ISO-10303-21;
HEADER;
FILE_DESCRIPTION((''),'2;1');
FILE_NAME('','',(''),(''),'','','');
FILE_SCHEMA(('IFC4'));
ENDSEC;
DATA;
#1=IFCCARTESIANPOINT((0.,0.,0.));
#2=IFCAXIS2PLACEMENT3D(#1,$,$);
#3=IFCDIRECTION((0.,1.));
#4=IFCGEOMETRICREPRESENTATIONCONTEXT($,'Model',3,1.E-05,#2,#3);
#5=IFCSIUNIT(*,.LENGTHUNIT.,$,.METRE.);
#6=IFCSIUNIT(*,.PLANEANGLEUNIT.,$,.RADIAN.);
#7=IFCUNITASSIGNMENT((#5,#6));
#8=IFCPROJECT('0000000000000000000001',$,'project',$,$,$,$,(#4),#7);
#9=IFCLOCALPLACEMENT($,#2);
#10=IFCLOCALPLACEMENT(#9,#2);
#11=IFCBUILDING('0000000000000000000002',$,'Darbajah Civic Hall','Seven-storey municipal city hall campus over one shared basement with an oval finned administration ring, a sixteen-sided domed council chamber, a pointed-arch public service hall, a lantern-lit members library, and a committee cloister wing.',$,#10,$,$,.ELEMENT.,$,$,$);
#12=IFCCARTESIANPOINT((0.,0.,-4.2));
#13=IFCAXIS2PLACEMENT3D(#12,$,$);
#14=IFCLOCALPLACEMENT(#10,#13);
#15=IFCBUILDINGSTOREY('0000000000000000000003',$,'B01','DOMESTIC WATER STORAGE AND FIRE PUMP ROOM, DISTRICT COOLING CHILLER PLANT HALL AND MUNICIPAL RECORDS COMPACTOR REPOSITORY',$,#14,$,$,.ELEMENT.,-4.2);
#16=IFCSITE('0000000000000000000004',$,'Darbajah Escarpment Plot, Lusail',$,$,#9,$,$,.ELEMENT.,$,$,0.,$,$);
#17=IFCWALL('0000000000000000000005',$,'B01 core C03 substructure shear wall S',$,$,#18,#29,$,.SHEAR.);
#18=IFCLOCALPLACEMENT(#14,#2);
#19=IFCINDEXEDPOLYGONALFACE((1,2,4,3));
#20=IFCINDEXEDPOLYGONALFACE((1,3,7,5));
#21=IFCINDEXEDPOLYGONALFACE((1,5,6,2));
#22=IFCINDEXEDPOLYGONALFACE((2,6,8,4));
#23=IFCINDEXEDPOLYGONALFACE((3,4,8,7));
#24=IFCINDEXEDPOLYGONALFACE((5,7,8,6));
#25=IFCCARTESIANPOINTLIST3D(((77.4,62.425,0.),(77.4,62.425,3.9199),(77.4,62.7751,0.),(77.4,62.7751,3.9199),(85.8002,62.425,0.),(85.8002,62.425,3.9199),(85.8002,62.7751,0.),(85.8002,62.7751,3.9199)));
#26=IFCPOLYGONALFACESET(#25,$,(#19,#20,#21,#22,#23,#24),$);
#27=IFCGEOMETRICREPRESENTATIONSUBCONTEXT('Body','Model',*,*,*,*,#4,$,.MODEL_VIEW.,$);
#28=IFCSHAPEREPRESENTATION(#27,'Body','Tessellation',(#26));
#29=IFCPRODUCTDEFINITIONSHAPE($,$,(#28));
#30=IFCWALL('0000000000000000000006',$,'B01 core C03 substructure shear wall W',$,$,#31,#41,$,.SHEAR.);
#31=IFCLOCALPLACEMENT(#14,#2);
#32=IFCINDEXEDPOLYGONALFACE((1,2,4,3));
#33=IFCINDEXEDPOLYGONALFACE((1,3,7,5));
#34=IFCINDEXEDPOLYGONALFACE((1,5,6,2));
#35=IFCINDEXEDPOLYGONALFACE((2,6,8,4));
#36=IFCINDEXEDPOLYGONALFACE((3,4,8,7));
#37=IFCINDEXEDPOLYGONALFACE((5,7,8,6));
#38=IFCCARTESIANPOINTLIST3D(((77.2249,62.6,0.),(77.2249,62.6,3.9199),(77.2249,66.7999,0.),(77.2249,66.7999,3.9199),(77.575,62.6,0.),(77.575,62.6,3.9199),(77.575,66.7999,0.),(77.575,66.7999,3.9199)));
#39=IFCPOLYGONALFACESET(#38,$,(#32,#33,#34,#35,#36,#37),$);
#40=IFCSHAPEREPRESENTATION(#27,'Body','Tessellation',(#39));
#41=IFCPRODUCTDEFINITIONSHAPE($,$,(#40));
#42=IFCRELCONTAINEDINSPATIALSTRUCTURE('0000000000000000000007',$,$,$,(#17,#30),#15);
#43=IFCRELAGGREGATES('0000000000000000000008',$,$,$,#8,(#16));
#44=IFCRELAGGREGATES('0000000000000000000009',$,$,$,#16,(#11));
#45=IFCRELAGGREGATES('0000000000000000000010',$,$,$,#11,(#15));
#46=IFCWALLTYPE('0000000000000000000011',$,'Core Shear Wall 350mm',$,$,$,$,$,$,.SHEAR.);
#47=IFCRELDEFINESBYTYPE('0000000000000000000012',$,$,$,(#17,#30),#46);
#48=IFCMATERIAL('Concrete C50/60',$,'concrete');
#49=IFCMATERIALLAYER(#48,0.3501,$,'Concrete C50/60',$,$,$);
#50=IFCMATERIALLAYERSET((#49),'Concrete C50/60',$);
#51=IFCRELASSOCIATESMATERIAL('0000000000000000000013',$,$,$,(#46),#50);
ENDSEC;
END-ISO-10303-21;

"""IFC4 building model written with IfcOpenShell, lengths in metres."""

from ifc_helpers import new_model, si_unit, direction, frame, frame_2d, origin, place, context, subcontext, project, spatial, rectangle, extrude, material, layer, layer_set, type_object, element, save


model = new_model("IFC4")

# Units and contexts
model_context = context("Model", 3, precision=1e-05, world=origin(), true_north=direction((0.0, 1.0)))
body_context = subcontext(model_context, "Body", "Model", "MODEL_VIEW")
ifc_project = project(units=[si_unit("LENGTHUNIT", "METRE"), si_unit("PLANEANGLEUNIT", "RADIAN")], contexts=[model_context])

# Site, building, storey
site_placement = place(None, origin())
site = spatial("IfcSite", under=ifc_project, at=site_placement, Name="Darbajah Escarpment Plot, Lusail", CompositionType="ELEMENT", RefElevation=0.0)
building_placement = place(site_placement, origin())
building = spatial("IfcBuilding", under=site, at=building_placement, Name="Darbajah Civic Hall", Description="Seven-storey municipal city hall campus over one shared basement with an oval finned administration ring, a sixteen-sided domed council chamber, a pointed-arch public service hall, a lantern-lit members library, and a committee cloister wing.", CompositionType="ELEMENT")
storey_placement = place(building_placement, frame((0.0, 0.0, -4.2)))
storey = spatial("IfcBuildingStorey", under=building, at=storey_placement, Name="B01", Description="DOMESTIC WATER STORAGE AND FIRE PUMP ROOM, DISTRICT COOLING CHILLER PLANT HALL AND MUNICIPAL RECORDS COMPACTOR REPOSITORY", CompositionType="ELEMENT", Elevation=-4.2)

# Shared definitions
ifc_material_1 = material(Name="Concrete C50/60", Category="concrete")

# Walls
ifc_layer = layer(ifc_material_1, 0.3501, Name="Concrete C50/60")
ifc_layer_set = layer_set([ifc_layer], Name="Concrete C50/60")
wall_type = type_object("IfcWallType", Name="Core Shear Wall 350mm", PredefinedType="SHEAR", material=ifc_layer_set)
wall_1_placement = place(storey_placement, frame((77.3999, 62.6001, 0.0), z_axis=(0.0, 0.0, 1.0), x_axis=(1.0, 0.0, 0.0)))
element("IfcWall", 1, at=wall_1_placement, inside=storey, type_object=wall_type, Name="B01 core C03 substructure shear wall S", PredefinedType="SHEAR", context=body_context, shape_type="SweptSolid", body=[
    extrude(rectangle(XDim=8.4001, YDim=0.3501, at=frame_2d((4.2002, 0.0))), origin(), (0.0, 0.0, 1.0), 3.9199),
])
wall_2_placement = place(storey_placement, frame((77.3999, 66.8, 0.0), z_axis=(0.0, 0.0, 1.0), x_axis=(0.0, -1.0, 0.0)))
element("IfcWall", 2, at=wall_2_placement, inside=storey, type_object=wall_type, Name="B01 core C03 substructure shear wall W", PredefinedType="SHEAR", context=body_context, shape_type="SweptSolid", body=[
    extrude(rectangle(XDim=4.2, YDim=0.3501, at=frame_2d((2.1001, 0.0))), origin(), (0.0, 0.0, 1.0), 3.9199),
])

save(model, "model.ifc")
